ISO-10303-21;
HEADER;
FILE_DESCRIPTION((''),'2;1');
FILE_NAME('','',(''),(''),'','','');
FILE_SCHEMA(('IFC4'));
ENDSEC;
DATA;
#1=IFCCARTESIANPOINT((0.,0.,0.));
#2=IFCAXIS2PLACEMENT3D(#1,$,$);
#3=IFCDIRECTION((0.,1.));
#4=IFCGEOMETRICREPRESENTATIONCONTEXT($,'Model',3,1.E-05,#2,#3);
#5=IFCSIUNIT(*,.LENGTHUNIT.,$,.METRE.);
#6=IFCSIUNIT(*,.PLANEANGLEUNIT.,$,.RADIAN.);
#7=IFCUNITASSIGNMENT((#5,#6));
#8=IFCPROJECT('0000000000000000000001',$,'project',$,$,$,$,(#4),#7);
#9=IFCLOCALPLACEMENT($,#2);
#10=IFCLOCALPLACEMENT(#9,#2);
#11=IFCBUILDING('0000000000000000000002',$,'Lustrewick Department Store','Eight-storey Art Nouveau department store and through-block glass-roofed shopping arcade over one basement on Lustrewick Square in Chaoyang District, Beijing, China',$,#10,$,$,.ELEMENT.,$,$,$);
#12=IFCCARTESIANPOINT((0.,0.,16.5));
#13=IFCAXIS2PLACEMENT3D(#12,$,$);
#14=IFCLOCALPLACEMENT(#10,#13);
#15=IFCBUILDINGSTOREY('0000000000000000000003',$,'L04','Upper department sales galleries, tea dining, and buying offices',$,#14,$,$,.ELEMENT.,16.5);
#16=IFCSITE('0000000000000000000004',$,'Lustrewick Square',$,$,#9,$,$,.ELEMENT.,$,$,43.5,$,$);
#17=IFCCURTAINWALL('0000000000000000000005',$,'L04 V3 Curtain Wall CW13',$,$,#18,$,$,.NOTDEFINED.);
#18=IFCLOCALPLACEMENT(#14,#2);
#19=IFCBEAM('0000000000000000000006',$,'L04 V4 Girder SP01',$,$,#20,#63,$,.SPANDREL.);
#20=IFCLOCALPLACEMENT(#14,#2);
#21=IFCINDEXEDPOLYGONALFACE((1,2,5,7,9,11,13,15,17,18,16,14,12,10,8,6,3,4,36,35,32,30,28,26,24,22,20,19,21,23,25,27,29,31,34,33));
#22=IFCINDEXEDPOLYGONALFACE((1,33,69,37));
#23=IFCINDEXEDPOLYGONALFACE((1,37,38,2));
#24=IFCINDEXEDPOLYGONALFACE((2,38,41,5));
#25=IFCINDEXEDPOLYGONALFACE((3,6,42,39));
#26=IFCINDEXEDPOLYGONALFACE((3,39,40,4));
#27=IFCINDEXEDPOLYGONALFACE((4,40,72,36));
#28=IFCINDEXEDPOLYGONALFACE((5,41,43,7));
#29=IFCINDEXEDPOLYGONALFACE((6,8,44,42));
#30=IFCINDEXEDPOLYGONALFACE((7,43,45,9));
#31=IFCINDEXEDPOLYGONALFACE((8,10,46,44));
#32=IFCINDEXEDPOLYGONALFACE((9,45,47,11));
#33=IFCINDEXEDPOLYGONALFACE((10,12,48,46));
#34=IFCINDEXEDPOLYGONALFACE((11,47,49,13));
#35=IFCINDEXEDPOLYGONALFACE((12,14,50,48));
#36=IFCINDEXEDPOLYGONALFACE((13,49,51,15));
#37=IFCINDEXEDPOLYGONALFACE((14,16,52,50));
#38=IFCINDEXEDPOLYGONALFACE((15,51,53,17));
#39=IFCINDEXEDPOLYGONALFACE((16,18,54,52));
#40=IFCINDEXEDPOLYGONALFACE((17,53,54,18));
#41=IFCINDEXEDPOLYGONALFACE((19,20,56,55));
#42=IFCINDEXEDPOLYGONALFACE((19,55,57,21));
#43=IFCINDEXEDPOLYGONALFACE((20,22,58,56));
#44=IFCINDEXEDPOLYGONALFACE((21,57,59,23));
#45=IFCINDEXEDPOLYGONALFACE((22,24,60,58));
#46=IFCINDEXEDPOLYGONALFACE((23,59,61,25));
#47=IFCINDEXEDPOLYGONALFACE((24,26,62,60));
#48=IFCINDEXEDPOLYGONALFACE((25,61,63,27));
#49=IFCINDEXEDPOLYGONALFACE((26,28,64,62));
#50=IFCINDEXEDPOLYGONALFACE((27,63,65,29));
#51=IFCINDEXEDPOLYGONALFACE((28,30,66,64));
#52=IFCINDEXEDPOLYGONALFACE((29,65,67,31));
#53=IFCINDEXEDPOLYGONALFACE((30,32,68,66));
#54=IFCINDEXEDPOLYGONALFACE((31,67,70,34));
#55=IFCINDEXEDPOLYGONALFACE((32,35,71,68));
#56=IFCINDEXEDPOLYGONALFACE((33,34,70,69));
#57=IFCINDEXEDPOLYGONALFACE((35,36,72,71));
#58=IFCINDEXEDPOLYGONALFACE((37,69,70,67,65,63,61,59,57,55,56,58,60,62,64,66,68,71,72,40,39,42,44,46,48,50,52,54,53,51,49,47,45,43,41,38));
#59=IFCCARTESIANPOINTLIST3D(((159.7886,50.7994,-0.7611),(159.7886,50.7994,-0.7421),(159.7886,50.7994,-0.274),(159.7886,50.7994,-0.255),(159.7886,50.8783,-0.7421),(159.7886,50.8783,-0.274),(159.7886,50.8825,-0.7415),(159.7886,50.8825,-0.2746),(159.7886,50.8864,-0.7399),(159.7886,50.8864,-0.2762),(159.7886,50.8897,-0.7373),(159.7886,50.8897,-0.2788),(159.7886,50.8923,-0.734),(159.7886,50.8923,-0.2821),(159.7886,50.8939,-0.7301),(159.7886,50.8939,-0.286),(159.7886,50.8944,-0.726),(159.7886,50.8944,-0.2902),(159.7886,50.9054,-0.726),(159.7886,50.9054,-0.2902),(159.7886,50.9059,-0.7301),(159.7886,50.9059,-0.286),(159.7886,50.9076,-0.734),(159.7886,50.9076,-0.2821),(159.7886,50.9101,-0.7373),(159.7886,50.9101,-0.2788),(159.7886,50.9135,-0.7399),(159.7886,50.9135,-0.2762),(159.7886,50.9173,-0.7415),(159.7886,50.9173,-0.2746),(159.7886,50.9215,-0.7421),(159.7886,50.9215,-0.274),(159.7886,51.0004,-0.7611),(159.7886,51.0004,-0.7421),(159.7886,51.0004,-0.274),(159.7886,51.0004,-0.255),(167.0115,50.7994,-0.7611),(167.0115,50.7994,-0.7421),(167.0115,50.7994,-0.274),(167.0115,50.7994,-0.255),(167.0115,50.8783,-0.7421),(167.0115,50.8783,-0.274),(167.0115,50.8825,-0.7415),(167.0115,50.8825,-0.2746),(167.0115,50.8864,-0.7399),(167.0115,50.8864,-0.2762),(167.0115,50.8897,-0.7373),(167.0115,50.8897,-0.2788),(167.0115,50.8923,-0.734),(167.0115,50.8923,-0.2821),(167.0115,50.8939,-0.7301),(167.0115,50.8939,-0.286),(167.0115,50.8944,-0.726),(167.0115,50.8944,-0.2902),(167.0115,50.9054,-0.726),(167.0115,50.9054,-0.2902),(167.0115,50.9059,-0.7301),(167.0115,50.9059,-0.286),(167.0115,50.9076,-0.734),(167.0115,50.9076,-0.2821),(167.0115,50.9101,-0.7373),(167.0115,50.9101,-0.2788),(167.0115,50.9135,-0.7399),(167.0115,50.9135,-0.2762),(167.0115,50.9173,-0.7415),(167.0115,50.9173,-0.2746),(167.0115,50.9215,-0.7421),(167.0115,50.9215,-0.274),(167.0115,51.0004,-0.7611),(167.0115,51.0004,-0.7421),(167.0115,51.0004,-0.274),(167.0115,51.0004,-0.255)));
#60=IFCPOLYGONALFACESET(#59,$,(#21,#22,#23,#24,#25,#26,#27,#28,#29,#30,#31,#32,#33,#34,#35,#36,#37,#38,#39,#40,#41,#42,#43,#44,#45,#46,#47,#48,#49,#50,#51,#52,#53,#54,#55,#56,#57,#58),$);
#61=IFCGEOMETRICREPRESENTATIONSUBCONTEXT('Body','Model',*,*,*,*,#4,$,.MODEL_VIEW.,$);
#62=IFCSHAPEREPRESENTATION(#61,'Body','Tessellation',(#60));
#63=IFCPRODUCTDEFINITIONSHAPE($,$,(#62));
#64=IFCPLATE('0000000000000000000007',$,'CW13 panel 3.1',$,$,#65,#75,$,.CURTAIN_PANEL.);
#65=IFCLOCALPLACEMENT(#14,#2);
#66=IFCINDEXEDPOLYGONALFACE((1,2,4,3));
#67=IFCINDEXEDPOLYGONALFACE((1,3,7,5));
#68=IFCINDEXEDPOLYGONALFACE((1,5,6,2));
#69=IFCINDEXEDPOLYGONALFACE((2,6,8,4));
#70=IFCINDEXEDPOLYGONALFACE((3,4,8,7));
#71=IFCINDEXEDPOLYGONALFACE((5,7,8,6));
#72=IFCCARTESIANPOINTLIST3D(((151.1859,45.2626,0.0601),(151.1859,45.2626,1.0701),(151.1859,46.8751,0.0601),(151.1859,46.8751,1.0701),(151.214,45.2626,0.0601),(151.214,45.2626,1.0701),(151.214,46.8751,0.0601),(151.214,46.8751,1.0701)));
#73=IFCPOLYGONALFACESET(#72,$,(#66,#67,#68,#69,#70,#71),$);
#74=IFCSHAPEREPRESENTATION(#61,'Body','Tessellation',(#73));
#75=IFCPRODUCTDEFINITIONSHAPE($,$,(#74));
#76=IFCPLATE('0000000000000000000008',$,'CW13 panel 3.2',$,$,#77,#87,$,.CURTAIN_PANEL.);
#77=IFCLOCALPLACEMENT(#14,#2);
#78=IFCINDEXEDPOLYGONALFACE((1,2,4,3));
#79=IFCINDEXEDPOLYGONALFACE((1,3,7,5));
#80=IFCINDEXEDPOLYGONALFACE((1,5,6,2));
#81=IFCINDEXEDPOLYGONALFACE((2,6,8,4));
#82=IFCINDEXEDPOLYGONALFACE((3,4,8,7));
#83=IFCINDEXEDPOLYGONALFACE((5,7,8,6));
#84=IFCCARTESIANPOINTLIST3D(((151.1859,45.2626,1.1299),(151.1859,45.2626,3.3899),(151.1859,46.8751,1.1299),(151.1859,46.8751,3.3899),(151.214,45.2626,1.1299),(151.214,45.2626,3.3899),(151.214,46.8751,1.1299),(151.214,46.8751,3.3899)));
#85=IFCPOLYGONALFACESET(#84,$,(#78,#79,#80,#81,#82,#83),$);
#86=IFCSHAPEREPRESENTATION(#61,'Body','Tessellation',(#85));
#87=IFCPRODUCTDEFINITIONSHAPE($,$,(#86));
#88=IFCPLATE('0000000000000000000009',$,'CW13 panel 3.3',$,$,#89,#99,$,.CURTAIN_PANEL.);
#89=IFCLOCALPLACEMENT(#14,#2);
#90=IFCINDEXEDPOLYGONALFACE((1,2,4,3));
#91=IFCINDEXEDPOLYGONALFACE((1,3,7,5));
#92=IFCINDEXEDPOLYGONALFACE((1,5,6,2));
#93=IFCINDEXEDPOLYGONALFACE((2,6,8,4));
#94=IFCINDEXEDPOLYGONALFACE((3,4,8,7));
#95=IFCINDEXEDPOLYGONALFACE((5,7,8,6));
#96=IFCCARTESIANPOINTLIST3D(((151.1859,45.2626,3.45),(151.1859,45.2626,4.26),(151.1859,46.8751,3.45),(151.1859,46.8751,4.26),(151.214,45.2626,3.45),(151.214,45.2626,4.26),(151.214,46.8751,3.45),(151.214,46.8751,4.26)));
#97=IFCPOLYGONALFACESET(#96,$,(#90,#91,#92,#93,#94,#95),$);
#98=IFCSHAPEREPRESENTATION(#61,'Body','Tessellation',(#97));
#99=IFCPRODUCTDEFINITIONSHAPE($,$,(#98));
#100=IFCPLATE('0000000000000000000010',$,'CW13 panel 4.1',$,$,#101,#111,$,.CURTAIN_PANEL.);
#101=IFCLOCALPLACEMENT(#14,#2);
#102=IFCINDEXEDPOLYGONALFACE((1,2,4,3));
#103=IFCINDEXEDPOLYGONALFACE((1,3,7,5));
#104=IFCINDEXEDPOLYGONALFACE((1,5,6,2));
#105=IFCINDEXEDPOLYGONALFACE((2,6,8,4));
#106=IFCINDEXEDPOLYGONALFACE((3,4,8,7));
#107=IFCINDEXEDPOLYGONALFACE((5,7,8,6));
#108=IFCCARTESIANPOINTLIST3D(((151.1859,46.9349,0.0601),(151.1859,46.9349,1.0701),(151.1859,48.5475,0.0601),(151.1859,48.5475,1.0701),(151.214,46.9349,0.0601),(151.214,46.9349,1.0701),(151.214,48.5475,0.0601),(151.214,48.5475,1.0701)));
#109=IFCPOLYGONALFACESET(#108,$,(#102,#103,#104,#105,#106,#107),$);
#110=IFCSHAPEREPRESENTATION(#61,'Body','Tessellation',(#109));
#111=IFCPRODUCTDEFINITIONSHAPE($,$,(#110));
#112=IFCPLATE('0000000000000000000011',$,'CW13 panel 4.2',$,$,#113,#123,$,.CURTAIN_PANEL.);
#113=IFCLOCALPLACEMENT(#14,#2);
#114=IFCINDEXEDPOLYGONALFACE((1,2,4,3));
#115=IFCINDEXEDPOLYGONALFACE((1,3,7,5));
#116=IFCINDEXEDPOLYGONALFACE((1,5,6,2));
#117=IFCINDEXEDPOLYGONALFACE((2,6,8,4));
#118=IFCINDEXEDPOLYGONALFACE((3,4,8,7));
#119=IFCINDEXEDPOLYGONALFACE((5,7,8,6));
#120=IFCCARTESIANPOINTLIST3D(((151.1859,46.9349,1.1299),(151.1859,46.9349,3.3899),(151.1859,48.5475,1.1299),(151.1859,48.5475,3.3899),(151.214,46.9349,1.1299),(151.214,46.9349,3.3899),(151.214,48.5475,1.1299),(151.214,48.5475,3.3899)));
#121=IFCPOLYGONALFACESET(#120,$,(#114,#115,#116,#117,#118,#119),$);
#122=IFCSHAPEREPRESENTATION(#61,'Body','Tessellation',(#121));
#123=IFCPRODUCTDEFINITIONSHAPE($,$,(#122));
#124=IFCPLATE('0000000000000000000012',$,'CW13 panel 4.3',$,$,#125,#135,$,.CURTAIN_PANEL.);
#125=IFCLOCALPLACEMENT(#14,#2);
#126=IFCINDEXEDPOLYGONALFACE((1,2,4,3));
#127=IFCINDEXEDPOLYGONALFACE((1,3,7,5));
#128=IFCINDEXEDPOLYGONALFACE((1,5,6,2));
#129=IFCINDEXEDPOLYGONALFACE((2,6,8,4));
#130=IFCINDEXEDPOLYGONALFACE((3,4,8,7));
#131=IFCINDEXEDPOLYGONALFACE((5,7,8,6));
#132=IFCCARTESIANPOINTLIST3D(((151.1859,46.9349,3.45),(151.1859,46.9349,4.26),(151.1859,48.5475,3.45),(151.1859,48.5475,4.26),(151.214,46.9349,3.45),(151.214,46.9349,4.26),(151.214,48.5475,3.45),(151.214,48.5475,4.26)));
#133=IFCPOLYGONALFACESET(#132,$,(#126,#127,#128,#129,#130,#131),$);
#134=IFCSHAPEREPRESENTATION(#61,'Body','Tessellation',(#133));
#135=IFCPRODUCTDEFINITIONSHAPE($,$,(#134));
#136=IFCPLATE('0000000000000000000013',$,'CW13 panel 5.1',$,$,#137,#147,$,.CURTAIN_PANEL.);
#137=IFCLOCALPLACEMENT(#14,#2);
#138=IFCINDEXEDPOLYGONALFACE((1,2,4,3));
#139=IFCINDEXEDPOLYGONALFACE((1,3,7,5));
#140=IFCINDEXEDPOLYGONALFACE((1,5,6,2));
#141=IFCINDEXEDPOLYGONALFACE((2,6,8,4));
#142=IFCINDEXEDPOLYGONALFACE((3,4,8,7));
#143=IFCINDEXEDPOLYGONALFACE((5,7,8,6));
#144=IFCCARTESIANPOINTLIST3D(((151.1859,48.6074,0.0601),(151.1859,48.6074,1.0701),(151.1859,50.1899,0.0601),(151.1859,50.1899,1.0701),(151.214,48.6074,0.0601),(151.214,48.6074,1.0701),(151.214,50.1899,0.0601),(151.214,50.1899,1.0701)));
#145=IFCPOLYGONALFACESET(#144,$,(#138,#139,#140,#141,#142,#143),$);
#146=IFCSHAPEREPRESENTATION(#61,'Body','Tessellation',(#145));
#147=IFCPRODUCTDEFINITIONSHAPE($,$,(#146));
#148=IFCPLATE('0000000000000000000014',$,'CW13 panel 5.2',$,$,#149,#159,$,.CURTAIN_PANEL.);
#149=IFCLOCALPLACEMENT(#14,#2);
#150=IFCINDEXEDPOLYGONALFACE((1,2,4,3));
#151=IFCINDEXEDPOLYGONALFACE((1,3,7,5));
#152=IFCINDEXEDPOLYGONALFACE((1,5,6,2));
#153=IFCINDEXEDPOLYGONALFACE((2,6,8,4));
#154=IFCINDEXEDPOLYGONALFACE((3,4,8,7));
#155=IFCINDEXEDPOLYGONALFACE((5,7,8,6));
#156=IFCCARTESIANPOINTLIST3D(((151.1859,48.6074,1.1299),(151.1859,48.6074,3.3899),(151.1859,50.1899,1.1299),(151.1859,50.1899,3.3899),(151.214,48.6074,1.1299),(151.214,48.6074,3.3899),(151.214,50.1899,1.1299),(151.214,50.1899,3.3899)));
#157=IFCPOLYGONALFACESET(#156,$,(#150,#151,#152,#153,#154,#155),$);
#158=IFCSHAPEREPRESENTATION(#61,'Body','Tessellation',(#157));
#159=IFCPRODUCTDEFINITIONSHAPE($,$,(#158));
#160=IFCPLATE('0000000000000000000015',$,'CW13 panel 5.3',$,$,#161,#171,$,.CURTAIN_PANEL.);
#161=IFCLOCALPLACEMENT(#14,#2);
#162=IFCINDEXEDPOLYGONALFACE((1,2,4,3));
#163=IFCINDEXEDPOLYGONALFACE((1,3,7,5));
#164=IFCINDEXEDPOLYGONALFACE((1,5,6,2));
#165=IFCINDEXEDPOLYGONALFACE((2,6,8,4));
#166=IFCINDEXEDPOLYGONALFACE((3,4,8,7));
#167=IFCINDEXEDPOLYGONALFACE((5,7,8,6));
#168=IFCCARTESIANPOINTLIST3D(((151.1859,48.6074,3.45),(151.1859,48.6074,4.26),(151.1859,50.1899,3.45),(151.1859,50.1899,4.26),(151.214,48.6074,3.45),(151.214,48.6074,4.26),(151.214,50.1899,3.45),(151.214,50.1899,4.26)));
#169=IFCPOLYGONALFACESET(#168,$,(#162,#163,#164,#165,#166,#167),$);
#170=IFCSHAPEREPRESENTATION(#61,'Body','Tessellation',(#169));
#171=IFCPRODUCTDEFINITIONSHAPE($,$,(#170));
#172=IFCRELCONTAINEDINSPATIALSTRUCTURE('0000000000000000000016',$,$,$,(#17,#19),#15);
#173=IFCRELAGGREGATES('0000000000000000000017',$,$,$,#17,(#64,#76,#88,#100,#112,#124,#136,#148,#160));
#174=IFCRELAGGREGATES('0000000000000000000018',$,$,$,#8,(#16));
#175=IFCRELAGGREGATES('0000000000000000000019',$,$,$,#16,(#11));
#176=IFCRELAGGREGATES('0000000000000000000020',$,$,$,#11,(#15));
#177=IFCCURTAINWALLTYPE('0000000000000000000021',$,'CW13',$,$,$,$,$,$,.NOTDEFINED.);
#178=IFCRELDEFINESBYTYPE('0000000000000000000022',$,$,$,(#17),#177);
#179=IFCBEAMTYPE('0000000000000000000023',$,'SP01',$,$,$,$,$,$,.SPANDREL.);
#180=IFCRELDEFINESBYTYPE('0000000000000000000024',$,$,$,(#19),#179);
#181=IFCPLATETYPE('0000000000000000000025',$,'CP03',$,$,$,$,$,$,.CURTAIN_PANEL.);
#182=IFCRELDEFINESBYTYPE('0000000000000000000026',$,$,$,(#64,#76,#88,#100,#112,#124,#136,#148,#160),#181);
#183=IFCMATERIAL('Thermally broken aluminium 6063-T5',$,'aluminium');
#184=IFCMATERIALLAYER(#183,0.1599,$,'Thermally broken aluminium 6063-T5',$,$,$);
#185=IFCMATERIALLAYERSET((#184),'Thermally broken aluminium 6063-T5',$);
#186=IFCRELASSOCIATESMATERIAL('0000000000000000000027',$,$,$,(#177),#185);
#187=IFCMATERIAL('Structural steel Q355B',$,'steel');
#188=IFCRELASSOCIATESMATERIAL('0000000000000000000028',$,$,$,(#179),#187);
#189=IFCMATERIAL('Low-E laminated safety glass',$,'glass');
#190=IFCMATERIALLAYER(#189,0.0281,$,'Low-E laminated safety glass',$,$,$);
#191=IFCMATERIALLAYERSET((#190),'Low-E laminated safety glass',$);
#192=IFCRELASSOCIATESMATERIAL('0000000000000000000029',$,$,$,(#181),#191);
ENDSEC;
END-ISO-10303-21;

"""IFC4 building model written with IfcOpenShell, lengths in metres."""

from ifc_helpers import new_model, si_unit, direction, frame, origin, origin_2d, place, context, subcontext, project, spatial, rectangle, i_section, extrude, material, layer, layer_set, material_profile, profile_set, type_object, element, aggregate, save


model = new_model("IFC4")

# Units and contexts
model_context = context("Model", 3, precision=1e-05, world=origin(), true_north=direction((0.0, 1.0)))
body_context = subcontext(model_context, "Body", "Model", "MODEL_VIEW")
ifc_project = project(units=[si_unit("LENGTHUNIT", "METRE"), si_unit("PLANEANGLEUNIT", "RADIAN")], contexts=[model_context])

# Site, building, storey
site_placement = place(None, origin())
site = spatial("IfcSite", under=ifc_project, at=site_placement, Name="Lustrewick Square", CompositionType="ELEMENT", RefElevation=43.5)
building_placement = place(site_placement, origin())
building = spatial("IfcBuilding", under=site, at=building_placement, Name="Lustrewick Department Store", Description="Eight-storey Art Nouveau department store and through-block glass-roofed shopping arcade over one basement on Lustrewick Square in Chaoyang District, Beijing, China", CompositionType="ELEMENT")
storey_placement = place(building_placement, frame((0.0, 0.0, 16.5)))
storey = spatial("IfcBuildingStorey", under=building, at=storey_placement, Name="L04", Description="Upper department sales galleries, tea dining, and buying offices", CompositionType="ELEMENT", Elevation=16.5)

# Shared definitions
ifc_material_1 = material(Name="Structural steel Q355B", Category="steel")

# Curtain wall
ifc_material_2 = material(Name="Thermally broken aluminium 6063-T5", Category="aluminium")
ifc_layer_1 = layer(ifc_material_2, 0.1599, Name="Thermally broken aluminium 6063-T5")
ifc_layer_set_1 = layer_set([ifc_layer_1], Name="Thermally broken aluminium 6063-T5")
curtain_wall_type = type_object("IfcCurtainWallType", Name="CW13", PredefinedType="NOTDEFINED", material=ifc_layer_set_1)
curtain_wall_placement = place(storey_placement, origin())
curtain_wall = element("IfcCurtainWall", 1, at=curtain_wall_placement, inside=storey, type_object=curtain_wall_type, Name="L04 V3 Curtain Wall CW13", PredefinedType="NOTDEFINED")

# Beam
ifc_material_profile_1 = material_profile(ifc_material_1, i_section(OverallWidth=0.2009, OverallDepth=0.5061, WebThickness=0.011, FlangeThickness=0.019, FilletRadius=0.0161, at=origin_2d()), Name="HN 506x201x11x19")
ifc_profile_set_1 = profile_set([ifc_material_profile_1], Name="Structural steel Q355B")
beam_type = type_object("IfcBeamType", Name="SP01", PredefinedType="SPANDREL", material=ifc_profile_set_1)
beam_1_placement = place(storey_placement, frame((159.7886, 50.8999, -0.5081), z_axis=(1.0, 0.0, 0.0), x_axis=(0.0, 1.0, 0.0)))
element("IfcBeam", 2, at=beam_1_placement, inside=storey, type_object=beam_type, Name="L04 V4 Girder SP01", PredefinedType="SPANDREL", context=body_context, shape_type="SweptSolid", body=[
    extrude(i_section(OverallWidth=0.2009, OverallDepth=0.5061, WebThickness=0.011, FlangeThickness=0.019, FilletRadius=0.0161, at=origin_2d()), origin(), (0.0, 0.0, 1.0), 7.2229),
])

# Plates
ifc_material_3 = material(Name="Low-E laminated safety glass", Category="glass")
ifc_layer_2 = layer(ifc_material_3, 0.0281, Name="Low-E laminated safety glass")
ifc_layer_set_2 = layer_set([ifc_layer_2], Name="Low-E laminated safety glass")
plate_type = type_object("IfcPlateType", Name="CP03", PredefinedType="CURTAIN_PANEL", material=ifc_layer_set_2)
plate_1_placement = place(storey_placement, frame((151.2, 46.0688, 0.0601), z_axis=(0.0, 0.0, 1.0), x_axis=(0.0, 1.0, 0.0)))
plate_1 = element("IfcPlate", 3, at=plate_1_placement, type_object=plate_type, Name="CW13 panel 3.1", PredefinedType="CURTAIN_PANEL", context=body_context, shape_type="SweptSolid", body=[
    extrude(rectangle(XDim=1.6125, YDim=0.0281, at=origin_2d()), origin(), (0.0, 0.0, 1.0), 1.01),
])
plate_2_placement = place(storey_placement, frame((151.2, 46.0688, 1.1299), z_axis=(0.0, 0.0, 1.0), x_axis=(0.0, 1.0, 0.0)))
plate_2 = element("IfcPlate", 4, at=plate_2_placement, type_object=plate_type, Name="CW13 panel 3.2", PredefinedType="CURTAIN_PANEL", context=body_context, shape_type="SweptSolid", body=[
    extrude(rectangle(XDim=1.6125, YDim=0.0281, at=origin_2d()), origin(), (0.0, 0.0, 1.0), 2.26),
])
plate_3_placement = place(storey_placement, frame((151.2, 46.0688, 3.45), z_axis=(0.0, 0.0, 1.0), x_axis=(0.0, 1.0, 0.0)))
plate_3 = element("IfcPlate", 5, at=plate_3_placement, type_object=plate_type, Name="CW13 panel 3.3", PredefinedType="CURTAIN_PANEL", context=body_context, shape_type="SweptSolid", body=[
    extrude(rectangle(XDim=1.6125, YDim=0.0281, at=origin_2d()), origin(), (0.0, 0.0, 1.0), 0.8101),
])
plate_4_placement = place(storey_placement, frame((151.2, 47.7412, 0.0601), z_axis=(0.0, 0.0, 1.0), x_axis=(0.0, 1.0, 0.0)))
plate_4 = element("IfcPlate", 6, at=plate_4_placement, type_object=plate_type, Name="CW13 panel 4.1", PredefinedType="CURTAIN_PANEL", context=body_context, shape_type="SweptSolid", body=[
    extrude(rectangle(XDim=1.6125, YDim=0.0281, at=origin_2d()), origin(), (0.0, 0.0, 1.0), 1.01),
])
plate_5_placement = place(storey_placement, frame((151.2, 47.7412, 1.1299), z_axis=(0.0, 0.0, 1.0), x_axis=(0.0, 1.0, 0.0)))
plate_5 = element("IfcPlate", 7, at=plate_5_placement, type_object=plate_type, Name="CW13 panel 4.2", PredefinedType="CURTAIN_PANEL", context=body_context, shape_type="SweptSolid", body=[
    extrude(rectangle(XDim=1.6125, YDim=0.0281, at=origin_2d()), origin(), (0.0, 0.0, 1.0), 2.26),
])
plate_6_placement = place(storey_placement, frame((151.2, 47.7412, 3.45), z_axis=(0.0, 0.0, 1.0), x_axis=(0.0, 1.0, 0.0)))
plate_6 = element("IfcPlate", 8, at=plate_6_placement, type_object=plate_type, Name="CW13 panel 4.3", PredefinedType="CURTAIN_PANEL", context=body_context, shape_type="SweptSolid", body=[
    extrude(rectangle(XDim=1.6125, YDim=0.0281, at=origin_2d()), origin(), (0.0, 0.0, 1.0), 0.8101),
])
plate_7_placement = place(storey_placement, frame((151.2, 49.3987, 0.0601), z_axis=(0.0, 0.0, 1.0), x_axis=(0.0, 1.0, 0.0)))
plate_7 = element("IfcPlate", 9, at=plate_7_placement, type_object=plate_type, Name="CW13 panel 5.1", PredefinedType="CURTAIN_PANEL", context=body_context, shape_type="SweptSolid", body=[
    extrude(rectangle(XDim=1.5825, YDim=0.0281, at=origin_2d()), origin(), (0.0, 0.0, 1.0), 1.01),
])
plate_8_placement = place(storey_placement, frame((151.2, 49.3987, 1.1299), z_axis=(0.0, 0.0, 1.0), x_axis=(0.0, 1.0, 0.0)))
plate_8 = element("IfcPlate", 10, at=plate_8_placement, type_object=plate_type, Name="CW13 panel 5.2", PredefinedType="CURTAIN_PANEL", context=body_context, shape_type="SweptSolid", body=[
    extrude(rectangle(XDim=1.5825, YDim=0.0281, at=origin_2d()), origin(), (0.0, 0.0, 1.0), 2.26),
])
plate_9_placement = place(storey_placement, frame((151.2, 49.3987, 3.45), z_axis=(0.0, 0.0, 1.0), x_axis=(0.0, 1.0, 0.0)))
plate_9 = element("IfcPlate", 11, at=plate_9_placement, type_object=plate_type, Name="CW13 panel 5.3", PredefinedType="CURTAIN_PANEL", context=body_context, shape_type="SweptSolid", body=[
    extrude(rectangle(XDim=1.5825, YDim=0.0281, at=origin_2d()), origin(), (0.0, 0.0, 1.0), 0.8101),
])
aggregate(curtain_wall, [plate_1, plate_2, plate_3, plate_4, plate_5, plate_6, plate_7, plate_8, plate_9])

save(model, "model.ifc")
